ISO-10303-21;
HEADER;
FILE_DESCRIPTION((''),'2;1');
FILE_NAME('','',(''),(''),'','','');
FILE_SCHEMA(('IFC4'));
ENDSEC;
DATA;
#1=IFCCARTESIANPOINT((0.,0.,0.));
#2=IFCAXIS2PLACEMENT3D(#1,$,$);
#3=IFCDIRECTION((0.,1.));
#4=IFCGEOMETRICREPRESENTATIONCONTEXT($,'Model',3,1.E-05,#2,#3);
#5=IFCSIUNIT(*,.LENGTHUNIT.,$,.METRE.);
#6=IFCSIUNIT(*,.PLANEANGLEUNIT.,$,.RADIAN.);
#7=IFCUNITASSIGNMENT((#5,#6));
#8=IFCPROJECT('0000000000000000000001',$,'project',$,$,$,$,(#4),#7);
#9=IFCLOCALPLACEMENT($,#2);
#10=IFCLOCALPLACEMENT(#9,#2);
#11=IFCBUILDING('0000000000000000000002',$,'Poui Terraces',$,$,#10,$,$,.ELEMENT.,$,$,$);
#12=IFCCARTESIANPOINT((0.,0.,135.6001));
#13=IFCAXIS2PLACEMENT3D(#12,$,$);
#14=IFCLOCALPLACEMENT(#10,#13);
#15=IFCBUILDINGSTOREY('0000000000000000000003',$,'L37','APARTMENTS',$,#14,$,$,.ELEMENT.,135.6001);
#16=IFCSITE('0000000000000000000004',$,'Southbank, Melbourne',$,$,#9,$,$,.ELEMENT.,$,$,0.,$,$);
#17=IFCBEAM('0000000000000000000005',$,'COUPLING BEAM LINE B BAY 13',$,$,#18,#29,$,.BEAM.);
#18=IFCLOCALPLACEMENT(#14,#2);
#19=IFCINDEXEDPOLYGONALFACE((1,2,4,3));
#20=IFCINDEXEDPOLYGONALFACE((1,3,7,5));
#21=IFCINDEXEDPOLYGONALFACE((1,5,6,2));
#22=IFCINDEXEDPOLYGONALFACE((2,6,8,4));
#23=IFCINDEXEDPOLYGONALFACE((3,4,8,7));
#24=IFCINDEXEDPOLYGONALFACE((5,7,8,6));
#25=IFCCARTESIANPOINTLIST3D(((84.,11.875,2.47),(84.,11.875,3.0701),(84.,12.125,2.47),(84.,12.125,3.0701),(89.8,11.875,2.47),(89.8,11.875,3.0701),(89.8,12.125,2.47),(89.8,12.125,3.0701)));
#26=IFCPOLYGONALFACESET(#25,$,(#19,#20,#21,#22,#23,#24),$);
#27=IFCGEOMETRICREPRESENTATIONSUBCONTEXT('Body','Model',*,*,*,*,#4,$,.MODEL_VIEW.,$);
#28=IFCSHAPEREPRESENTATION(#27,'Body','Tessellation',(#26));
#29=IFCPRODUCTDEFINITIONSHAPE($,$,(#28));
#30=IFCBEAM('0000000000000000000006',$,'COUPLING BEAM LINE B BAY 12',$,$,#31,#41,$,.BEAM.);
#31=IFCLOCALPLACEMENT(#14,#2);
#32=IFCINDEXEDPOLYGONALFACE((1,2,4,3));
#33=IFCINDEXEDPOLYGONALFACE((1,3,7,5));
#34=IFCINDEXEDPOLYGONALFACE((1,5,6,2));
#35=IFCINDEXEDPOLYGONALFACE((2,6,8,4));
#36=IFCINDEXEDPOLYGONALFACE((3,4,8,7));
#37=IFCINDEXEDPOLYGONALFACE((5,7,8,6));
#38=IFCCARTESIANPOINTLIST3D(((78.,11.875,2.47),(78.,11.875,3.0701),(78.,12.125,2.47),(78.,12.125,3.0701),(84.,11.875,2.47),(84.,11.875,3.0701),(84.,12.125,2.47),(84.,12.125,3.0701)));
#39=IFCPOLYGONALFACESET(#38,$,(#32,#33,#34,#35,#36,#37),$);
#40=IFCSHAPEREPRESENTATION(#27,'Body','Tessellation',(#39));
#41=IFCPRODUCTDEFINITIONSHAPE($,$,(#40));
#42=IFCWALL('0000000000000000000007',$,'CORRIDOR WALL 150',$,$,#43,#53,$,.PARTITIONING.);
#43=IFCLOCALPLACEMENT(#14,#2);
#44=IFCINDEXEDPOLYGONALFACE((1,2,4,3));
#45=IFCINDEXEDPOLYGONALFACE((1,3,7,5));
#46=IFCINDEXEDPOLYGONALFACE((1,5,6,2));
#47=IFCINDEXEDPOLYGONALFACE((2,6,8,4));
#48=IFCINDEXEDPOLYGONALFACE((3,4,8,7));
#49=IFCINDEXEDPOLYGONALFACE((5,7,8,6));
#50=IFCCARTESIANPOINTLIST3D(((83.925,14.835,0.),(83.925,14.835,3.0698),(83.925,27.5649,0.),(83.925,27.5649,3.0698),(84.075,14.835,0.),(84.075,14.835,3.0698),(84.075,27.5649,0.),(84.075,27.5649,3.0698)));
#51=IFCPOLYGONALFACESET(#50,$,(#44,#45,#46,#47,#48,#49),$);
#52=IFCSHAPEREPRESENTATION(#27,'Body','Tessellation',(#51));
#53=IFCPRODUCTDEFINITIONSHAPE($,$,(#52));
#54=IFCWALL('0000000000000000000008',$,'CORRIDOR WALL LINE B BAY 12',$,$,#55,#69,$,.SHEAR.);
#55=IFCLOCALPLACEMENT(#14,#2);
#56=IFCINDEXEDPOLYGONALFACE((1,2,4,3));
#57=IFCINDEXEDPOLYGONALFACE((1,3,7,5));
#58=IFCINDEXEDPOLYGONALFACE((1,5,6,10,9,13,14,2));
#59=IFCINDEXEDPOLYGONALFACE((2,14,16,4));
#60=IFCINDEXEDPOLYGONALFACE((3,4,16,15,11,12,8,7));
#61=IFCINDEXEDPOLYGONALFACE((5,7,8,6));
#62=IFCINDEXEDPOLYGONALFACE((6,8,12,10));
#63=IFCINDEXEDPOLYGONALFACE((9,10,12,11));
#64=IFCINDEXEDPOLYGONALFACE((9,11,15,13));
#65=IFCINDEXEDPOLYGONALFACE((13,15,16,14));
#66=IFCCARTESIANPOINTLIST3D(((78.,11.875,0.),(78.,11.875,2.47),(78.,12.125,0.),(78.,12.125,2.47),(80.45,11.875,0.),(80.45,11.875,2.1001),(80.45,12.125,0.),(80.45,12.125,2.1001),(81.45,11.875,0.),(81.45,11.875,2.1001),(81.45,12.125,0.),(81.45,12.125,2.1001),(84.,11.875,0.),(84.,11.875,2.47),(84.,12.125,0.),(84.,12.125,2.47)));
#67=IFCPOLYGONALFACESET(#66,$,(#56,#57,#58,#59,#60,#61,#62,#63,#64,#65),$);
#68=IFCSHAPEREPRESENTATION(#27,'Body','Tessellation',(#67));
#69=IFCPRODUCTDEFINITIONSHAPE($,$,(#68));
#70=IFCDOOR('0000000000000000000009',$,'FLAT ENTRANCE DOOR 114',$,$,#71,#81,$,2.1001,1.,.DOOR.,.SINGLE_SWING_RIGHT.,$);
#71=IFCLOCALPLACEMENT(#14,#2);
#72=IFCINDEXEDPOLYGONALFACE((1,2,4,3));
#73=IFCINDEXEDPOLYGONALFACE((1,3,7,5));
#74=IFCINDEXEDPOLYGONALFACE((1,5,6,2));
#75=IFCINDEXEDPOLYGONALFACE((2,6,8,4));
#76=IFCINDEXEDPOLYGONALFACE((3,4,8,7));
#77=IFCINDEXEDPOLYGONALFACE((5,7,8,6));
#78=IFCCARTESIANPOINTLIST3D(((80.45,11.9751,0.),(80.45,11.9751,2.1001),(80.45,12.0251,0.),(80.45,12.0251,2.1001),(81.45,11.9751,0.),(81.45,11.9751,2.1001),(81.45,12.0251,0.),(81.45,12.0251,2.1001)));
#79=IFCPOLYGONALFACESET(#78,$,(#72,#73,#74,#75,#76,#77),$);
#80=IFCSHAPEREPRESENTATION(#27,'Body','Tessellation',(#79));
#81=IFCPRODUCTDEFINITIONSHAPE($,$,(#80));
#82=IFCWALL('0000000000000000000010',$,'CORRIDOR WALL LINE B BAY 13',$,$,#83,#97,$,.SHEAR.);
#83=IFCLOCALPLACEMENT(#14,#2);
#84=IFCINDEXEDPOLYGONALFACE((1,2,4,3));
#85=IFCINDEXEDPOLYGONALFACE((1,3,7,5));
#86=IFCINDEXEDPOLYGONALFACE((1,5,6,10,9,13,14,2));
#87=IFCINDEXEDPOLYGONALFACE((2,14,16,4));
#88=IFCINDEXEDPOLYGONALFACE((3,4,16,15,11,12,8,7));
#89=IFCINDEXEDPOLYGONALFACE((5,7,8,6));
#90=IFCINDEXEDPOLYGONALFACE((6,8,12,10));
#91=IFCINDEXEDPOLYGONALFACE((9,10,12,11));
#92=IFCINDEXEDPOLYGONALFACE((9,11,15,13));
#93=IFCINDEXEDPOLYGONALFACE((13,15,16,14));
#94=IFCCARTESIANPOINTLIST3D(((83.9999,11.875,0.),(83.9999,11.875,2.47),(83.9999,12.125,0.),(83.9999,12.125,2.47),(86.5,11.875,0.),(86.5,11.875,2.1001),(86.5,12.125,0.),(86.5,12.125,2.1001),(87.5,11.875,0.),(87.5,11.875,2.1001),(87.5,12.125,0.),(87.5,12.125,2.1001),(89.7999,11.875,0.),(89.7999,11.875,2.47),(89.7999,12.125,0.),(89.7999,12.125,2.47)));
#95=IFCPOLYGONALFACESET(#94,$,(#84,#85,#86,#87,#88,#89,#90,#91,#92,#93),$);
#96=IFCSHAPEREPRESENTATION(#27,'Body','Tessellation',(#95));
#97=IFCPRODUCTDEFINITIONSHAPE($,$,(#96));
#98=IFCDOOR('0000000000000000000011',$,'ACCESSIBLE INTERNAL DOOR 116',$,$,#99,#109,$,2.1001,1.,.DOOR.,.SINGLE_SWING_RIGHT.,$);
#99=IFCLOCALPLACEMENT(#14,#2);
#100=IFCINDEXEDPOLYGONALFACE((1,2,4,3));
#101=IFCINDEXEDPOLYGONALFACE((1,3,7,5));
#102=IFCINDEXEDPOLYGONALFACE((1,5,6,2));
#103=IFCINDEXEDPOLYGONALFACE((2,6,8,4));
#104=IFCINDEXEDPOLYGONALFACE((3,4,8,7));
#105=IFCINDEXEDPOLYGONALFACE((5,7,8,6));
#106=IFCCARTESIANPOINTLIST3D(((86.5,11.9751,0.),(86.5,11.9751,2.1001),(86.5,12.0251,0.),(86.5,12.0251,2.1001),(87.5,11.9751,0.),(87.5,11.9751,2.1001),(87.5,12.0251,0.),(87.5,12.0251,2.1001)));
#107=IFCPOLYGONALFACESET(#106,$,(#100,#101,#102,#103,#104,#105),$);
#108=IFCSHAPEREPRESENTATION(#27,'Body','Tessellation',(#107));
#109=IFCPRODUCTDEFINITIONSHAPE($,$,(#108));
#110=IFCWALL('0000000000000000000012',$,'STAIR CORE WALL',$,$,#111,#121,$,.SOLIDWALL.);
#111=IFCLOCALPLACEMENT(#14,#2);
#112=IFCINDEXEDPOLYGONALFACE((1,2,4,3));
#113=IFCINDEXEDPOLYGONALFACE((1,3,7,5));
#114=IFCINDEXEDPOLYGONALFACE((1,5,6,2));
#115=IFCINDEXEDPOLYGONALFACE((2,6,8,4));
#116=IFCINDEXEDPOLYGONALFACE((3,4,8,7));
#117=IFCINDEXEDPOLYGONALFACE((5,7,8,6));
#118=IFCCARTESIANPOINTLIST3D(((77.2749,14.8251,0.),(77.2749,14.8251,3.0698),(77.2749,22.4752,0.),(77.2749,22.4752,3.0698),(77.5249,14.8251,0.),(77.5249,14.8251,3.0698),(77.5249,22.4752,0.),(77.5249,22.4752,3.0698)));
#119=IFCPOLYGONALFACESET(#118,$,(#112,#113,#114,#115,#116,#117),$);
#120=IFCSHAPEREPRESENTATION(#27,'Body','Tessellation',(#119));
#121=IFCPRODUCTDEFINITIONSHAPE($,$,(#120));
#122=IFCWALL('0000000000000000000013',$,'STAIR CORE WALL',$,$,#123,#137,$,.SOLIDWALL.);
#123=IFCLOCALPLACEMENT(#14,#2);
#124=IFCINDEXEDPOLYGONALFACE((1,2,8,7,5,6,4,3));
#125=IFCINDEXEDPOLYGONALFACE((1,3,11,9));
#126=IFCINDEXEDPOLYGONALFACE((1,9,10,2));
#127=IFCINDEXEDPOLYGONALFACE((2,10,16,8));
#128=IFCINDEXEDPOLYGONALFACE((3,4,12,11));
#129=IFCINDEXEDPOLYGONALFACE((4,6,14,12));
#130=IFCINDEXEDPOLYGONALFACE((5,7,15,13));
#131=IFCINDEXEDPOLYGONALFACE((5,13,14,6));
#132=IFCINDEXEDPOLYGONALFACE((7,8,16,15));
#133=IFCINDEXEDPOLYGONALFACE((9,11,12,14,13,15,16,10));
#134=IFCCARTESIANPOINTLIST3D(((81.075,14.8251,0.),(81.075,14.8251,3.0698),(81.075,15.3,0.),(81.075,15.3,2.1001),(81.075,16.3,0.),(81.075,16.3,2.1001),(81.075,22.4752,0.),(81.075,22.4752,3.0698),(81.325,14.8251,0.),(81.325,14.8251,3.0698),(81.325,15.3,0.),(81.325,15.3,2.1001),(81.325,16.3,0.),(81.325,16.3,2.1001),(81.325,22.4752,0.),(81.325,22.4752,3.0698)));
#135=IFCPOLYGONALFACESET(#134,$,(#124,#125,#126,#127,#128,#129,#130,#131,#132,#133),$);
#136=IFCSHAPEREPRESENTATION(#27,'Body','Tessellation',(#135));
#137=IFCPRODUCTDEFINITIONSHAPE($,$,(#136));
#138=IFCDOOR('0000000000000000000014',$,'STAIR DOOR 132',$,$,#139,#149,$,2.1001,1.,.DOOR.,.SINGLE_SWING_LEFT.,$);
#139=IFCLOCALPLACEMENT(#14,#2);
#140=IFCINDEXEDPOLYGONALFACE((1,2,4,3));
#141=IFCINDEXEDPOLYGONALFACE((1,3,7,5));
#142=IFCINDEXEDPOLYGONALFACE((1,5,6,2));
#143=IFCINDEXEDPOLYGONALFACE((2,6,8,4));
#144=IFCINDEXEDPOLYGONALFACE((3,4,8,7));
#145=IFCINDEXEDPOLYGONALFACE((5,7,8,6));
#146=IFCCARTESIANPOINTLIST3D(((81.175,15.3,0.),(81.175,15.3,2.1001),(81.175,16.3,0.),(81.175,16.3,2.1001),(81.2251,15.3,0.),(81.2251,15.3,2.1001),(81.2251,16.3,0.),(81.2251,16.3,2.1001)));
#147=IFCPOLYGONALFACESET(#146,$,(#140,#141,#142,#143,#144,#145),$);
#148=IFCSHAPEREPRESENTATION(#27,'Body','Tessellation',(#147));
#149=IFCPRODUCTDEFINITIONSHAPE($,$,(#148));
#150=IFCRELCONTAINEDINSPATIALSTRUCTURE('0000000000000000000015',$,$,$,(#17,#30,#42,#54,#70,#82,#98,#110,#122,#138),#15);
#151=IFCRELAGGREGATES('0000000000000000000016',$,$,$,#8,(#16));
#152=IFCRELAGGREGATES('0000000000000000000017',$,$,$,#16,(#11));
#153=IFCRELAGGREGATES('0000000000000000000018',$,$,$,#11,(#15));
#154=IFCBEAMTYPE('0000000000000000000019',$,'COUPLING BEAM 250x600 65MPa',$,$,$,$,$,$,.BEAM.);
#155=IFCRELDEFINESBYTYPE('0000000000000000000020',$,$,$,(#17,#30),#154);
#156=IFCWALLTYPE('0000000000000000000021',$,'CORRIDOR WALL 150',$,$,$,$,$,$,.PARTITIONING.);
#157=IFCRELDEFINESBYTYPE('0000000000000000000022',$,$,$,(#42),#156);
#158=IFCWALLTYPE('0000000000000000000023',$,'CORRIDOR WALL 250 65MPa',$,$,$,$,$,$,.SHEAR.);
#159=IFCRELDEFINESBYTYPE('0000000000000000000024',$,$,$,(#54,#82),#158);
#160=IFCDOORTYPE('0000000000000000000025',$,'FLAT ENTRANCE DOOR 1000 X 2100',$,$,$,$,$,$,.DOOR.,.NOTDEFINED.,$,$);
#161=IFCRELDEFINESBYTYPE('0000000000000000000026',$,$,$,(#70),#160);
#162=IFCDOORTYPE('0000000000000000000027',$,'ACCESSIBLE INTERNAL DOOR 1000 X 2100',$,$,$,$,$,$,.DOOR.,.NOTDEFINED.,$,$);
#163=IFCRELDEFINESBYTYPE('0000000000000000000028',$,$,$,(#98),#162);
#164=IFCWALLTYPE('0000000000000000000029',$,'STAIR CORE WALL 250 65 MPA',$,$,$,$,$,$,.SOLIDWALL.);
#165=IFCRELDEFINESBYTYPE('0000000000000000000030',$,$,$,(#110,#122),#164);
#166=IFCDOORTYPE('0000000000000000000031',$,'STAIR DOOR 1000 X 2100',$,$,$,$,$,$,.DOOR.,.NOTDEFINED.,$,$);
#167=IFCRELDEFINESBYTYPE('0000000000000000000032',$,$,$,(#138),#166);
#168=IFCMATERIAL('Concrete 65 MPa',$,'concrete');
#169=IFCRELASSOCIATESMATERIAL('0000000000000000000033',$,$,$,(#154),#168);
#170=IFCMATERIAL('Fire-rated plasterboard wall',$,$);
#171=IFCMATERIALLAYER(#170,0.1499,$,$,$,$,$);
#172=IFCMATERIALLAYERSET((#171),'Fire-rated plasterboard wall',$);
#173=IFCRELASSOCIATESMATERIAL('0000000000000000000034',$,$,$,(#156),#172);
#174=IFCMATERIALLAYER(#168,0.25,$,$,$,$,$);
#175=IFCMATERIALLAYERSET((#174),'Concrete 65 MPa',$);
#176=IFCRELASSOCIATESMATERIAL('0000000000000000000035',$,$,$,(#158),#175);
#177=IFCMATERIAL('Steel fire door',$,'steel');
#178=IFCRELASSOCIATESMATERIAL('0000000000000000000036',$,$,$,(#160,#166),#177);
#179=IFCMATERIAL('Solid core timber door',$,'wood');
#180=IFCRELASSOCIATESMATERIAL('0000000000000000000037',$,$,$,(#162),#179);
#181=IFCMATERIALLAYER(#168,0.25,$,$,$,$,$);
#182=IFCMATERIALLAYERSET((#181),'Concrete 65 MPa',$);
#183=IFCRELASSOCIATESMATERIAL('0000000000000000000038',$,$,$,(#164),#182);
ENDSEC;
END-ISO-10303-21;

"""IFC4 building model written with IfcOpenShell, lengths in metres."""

from ifc_helpers import new_model, si_unit, direction, frame, frame_2d, origin, origin_2d, place, context, subcontext, project, spatial, rectangle, extrude, source, transform, mapped, material, layer, layer_set, material_profile, profile_set, type_object, element, fill, save


model = new_model("IFC4")

# Units and contexts
model_context = context("Model", 3, precision=1e-05, world=origin(), true_north=direction((0.0, 1.0)))
body_context = subcontext(model_context, "Body", "Model", "MODEL_VIEW")
ifc_project = project(units=[si_unit("LENGTHUNIT", "METRE"), si_unit("PLANEANGLEUNIT", "RADIAN")], contexts=[model_context])

# Site, building, storey
site_placement = place(None, origin())
site = spatial("IfcSite", under=ifc_project, at=site_placement, Name="Southbank, Melbourne", CompositionType="ELEMENT", RefElevation=0.0)
building_placement = place(site_placement, origin())
building = spatial("IfcBuilding", under=site, at=building_placement, Name="Poui Terraces", CompositionType="ELEMENT")
storey_placement = place(building_placement, frame((0.0, 0.0, 135.6001)))
storey = spatial("IfcBuildingStorey", under=building, at=storey_placement, Name="L37", Description="APARTMENTS", CompositionType="ELEMENT", Elevation=135.6001)

# Beams
ifc_material_1 = material(Name="Concrete 65 MPa", Category="concrete")
ifc_material_profile = material_profile(ifc_material_1, rectangle(XDim=0.25, YDim=0.6001, at=origin_2d()), Name="RC 250x600")
ifc_profile_set = profile_set([ifc_material_profile], Name="Concrete 65 MPa")
beam_type = type_object("IfcBeamType", Name="COUPLING BEAM 250x600 65MPa", PredefinedType="BEAM", material=ifc_profile_set)
shared_shape_1 = source(origin(), body_context, "Body", "SweptSolid", [
    extrude(rectangle(XDim=0.25, YDim=0.6001, at=origin_2d()), origin(), (0.0, 0.0, 1.0), 5.8),
])
beam_1_placement = place(storey_placement, frame((84.0, 12.0, 2.77), z_axis=(1.0, 0.0, 0.0), x_axis=(0.0, 1.0, 0.0)))
element("IfcBeam", 1, at=beam_1_placement, inside=storey, type_object=beam_type, Name="COUPLING BEAM LINE B BAY 13", PredefinedType="BEAM", context=body_context, shape_type="MappedRepresentation", body=[
    mapped(shared_shape_1, transform((0.0, 0.0, 0.0))),
])
shared_shape_2 = source(origin(), body_context, "Body", "SweptSolid", [
    extrude(rectangle(XDim=0.25, YDim=0.6001, at=origin_2d()), origin(), (0.0, 0.0, 1.0), 6.0),
])
beam_2_placement = place(storey_placement, frame((78.0, 12.0, 2.77), z_axis=(1.0, 0.0, 0.0), x_axis=(0.0, 1.0, 0.0)))
element("IfcBeam", 2, at=beam_2_placement, inside=storey, type_object=beam_type, Name="COUPLING BEAM LINE B BAY 12", PredefinedType="BEAM", context=body_context, shape_type="MappedRepresentation", body=[
    mapped(shared_shape_2, transform((0.0, 0.0, 0.0))),
])

# Wall
ifc_material_2 = material(Name="Fire-rated plasterboard wall")
ifc_layer_1 = layer(ifc_material_2, 0.1499)
ifc_layer_set_1 = layer_set([ifc_layer_1], Name="Fire-rated plasterboard wall")
wall_type_1 = type_object("IfcWallType", Name="CORRIDOR WALL 150", PredefinedType="PARTITIONING", material=ifc_layer_set_1)
wall_1_placement = place(storey_placement, frame((84.0, 14.835, 0.0), z_axis=(0.0, 0.0, 1.0), x_axis=(0.0, 1.0, 0.0)))
element("IfcWall", 3, at=wall_1_placement, inside=storey, type_object=wall_type_1, Name="CORRIDOR WALL 150", PredefinedType="PARTITIONING", context=body_context, shape_type="SweptSolid", body=[
    extrude(rectangle(XDim=12.73, YDim=0.1499, at=frame_2d((6.365, 0.0))), origin(), (0.0, 0.0, 1.0), 3.0698),
])

# Walls, openings, doors
ifc_layer_2 = layer(ifc_material_1, 0.25)
ifc_layer_set_2 = layer_set([ifc_layer_2], Name="Concrete 65 MPa")
wall_type_2 = type_object("IfcWallType", Name="CORRIDOR WALL 250 65MPa", PredefinedType="SHEAR", material=ifc_layer_set_2)
wall_2_placement = place(storey_placement, frame((78.0, 12.0, 0.0), z_axis=(0.0, 0.0, 1.0), x_axis=(1.0, 0.0, 0.0)))
wall_2 = element("IfcWall", 4, at=wall_2_placement, inside=storey, type_object=wall_type_2, Name="CORRIDOR WALL LINE B BAY 12", PredefinedType="SHEAR", context=body_context, shape_type="SweptSolid", body=[
    extrude(rectangle(XDim=6.0, YDim=0.25, at=frame_2d((3.0, 0.0))), origin(), (0.0, 0.0, 1.0), 2.47),
])
opening_1_placement = place(wall_2_placement, frame((2.45, 0.0, 0.0)))
opening_1 = element("IfcOpeningElement", 5, at=opening_1_placement, cuts=wall_2, PredefinedType="OPENING", context=body_context, shape_type="SweptSolid", body=[
    extrude(rectangle(XDim=1.0, YDim=2.1001, at=frame_2d((0.5, 1.05))), frame((0.0, 0.135, 0.0), z_axis=(0.0, -1.0, 0.0), x_axis=(1.0, 0.0, 0.0)), (0.0, 0.0, 1.0), 0.27),
])
ifc_material_3 = material(Name="Steel fire door", Category="steel")
door_type_1 = type_object("IfcDoorType", Name="FLAT ENTRANCE DOOR 1000 X 2100", OperationType="NOTDEFINED", PredefinedType="DOOR", material=ifc_material_3)
door_1_placement = place(opening_1_placement, frame((1.0, 0.0, 0.0), z_axis=(0.0, 0.0, 1.0), x_axis=(-1.0, 0.0, 0.0)))
door_1 = element("IfcDoor", 6, at=door_1_placement, inside=storey, type_object=door_type_1, Name="FLAT ENTRANCE DOOR 114", OperationType="SINGLE_SWING_RIGHT", OverallHeight=2.1001, OverallWidth=1.0, PredefinedType="DOOR", context=body_context, shape_type="SweptSolid", body=[
    extrude(rectangle(XDim=1.0, YDim=2.1001, at=frame_2d((0.5, 1.05))), frame((0.0, 0.0249, 0.0), z_axis=(0.0, -1.0, 0.0), x_axis=(1.0, 0.0, 0.0)), (0.0, 0.0, 1.0), 0.05),
])
fill(opening_1, door_1)
wall_3_placement = place(storey_placement, frame((84.0, 12.0, 0.0), z_axis=(0.0, 0.0, 1.0), x_axis=(1.0, 0.0, 0.0)))
wall_3 = element("IfcWall", 7, at=wall_3_placement, inside=storey, type_object=wall_type_2, Name="CORRIDOR WALL LINE B BAY 13", PredefinedType="SHEAR", context=body_context, shape_type="SweptSolid", body=[
    extrude(rectangle(XDim=5.8, YDim=0.25, at=frame_2d((2.8999, 0.0))), origin(), (0.0, 0.0, 1.0), 2.47),
])
opening_2_placement = place(wall_3_placement, frame((2.5, 0.0, 0.0)))
opening_2 = element("IfcOpeningElement", 8, at=opening_2_placement, cuts=wall_3, PredefinedType="OPENING", context=body_context, shape_type="SweptSolid", body=[
    extrude(rectangle(XDim=1.0, YDim=2.1001, at=frame_2d((0.5, 1.05))), frame((0.0, 0.135, 0.0), z_axis=(0.0, -1.0, 0.0), x_axis=(1.0, 0.0, 0.0)), (0.0, 0.0, 1.0), 0.27),
])
ifc_material_4 = material(Name="Solid core timber door", Category="wood")
door_type_2 = type_object("IfcDoorType", Name="ACCESSIBLE INTERNAL DOOR 1000 X 2100", OperationType="NOTDEFINED", PredefinedType="DOOR", material=ifc_material_4)
door_2_placement = place(opening_2_placement, frame((1.0, 0.0, 0.0), z_axis=(0.0, 0.0, 1.0), x_axis=(-1.0, 0.0, 0.0)))
door_2 = element("IfcDoor", 9, at=door_2_placement, inside=storey, type_object=door_type_2, Name="ACCESSIBLE INTERNAL DOOR 116", OperationType="SINGLE_SWING_RIGHT", OverallHeight=2.1001, OverallWidth=1.0, PredefinedType="DOOR", context=body_context, shape_type="SweptSolid", body=[
    extrude(rectangle(XDim=1.0, YDim=2.1001, at=frame_2d((0.5, 1.05))), frame((0.0, 0.0249, 0.0), z_axis=(0.0, -1.0, 0.0), x_axis=(1.0, 0.0, 0.0)), (0.0, 0.0, 1.0), 0.05),
])
fill(opening_2, door_2)

# Wall
ifc_layer_3 = layer(ifc_material_1, 0.25)
ifc_layer_set_3 = layer_set([ifc_layer_3], Name="Concrete 65 MPa")
wall_type_3 = type_object("IfcWallType", Name="STAIR CORE WALL 250 65 MPA", PredefinedType="SOLIDWALL", material=ifc_layer_set_3)
wall_4_placement = place(storey_placement, frame((77.3999, 14.825, 0.0), z_axis=(0.0, 0.0, 1.0), x_axis=(0.0, 1.0, 0.0)))
element("IfcWall", 10, at=wall_4_placement, inside=storey, type_object=wall_type_3, Name="STAIR CORE WALL", PredefinedType="SOLIDWALL", context=body_context, shape_type="SweptSolid", body=[
    extrude(rectangle(XDim=7.6501, YDim=0.25, at=frame_2d((3.8252, 0.0))), origin(), (0.0, 0.0, 1.0), 3.0698),
])

# Wall, opening, door
wall_5_placement = place(storey_placement, frame((81.2, 14.825, 0.0), z_axis=(0.0, 0.0, 1.0), x_axis=(0.0, 1.0, 0.0)))
wall_5 = element("IfcWall", 11, at=wall_5_placement, inside=storey, type_object=wall_type_3, Name="STAIR CORE WALL", PredefinedType="SOLIDWALL", context=body_context, shape_type="SweptSolid", body=[
    extrude(rectangle(XDim=7.6501, YDim=0.25, at=frame_2d((3.8252, 0.0))), origin(), (0.0, 0.0, 1.0), 3.0698),
])
opening_3_placement = place(wall_5_placement, frame((0.4751, 0.0, 0.0)))
opening_3 = element("IfcOpeningElement", 12, at=opening_3_placement, cuts=wall_5, PredefinedType="OPENING", context=body_context, shape_type="SweptSolid", body=[
    extrude(rectangle(XDim=1.0, YDim=2.1001, at=frame_2d((0.5, 1.05))), frame((0.0, 0.135, 0.0), z_axis=(0.0, -1.0, 0.0), x_axis=(1.0, 0.0, 0.0)), (0.0, 0.0, 1.0), 0.27),
])
door_type_3 = type_object("IfcDoorType", Name="STAIR DOOR 1000 X 2100", OperationType="NOTDEFINED", PredefinedType="DOOR", material=ifc_material_3)
door_3_placement = place(opening_3_placement, origin())
door_3 = element("IfcDoor", 13, at=door_3_placement, inside=storey, type_object=door_type_3, Name="STAIR DOOR 132", OperationType="SINGLE_SWING_LEFT", OverallHeight=2.1001, OverallWidth=1.0, PredefinedType="DOOR", context=body_context, shape_type="SweptSolid", body=[
    extrude(rectangle(XDim=1.0, YDim=2.1001, at=frame_2d((0.5, 1.05))), frame((0.0, 0.0249, 0.0), z_axis=(0.0, -1.0, 0.0), x_axis=(1.0, 0.0, 0.0)), (0.0, 0.0, 1.0), 0.05),
])
fill(opening_3, door_3)

save(model, "model.ifc")
